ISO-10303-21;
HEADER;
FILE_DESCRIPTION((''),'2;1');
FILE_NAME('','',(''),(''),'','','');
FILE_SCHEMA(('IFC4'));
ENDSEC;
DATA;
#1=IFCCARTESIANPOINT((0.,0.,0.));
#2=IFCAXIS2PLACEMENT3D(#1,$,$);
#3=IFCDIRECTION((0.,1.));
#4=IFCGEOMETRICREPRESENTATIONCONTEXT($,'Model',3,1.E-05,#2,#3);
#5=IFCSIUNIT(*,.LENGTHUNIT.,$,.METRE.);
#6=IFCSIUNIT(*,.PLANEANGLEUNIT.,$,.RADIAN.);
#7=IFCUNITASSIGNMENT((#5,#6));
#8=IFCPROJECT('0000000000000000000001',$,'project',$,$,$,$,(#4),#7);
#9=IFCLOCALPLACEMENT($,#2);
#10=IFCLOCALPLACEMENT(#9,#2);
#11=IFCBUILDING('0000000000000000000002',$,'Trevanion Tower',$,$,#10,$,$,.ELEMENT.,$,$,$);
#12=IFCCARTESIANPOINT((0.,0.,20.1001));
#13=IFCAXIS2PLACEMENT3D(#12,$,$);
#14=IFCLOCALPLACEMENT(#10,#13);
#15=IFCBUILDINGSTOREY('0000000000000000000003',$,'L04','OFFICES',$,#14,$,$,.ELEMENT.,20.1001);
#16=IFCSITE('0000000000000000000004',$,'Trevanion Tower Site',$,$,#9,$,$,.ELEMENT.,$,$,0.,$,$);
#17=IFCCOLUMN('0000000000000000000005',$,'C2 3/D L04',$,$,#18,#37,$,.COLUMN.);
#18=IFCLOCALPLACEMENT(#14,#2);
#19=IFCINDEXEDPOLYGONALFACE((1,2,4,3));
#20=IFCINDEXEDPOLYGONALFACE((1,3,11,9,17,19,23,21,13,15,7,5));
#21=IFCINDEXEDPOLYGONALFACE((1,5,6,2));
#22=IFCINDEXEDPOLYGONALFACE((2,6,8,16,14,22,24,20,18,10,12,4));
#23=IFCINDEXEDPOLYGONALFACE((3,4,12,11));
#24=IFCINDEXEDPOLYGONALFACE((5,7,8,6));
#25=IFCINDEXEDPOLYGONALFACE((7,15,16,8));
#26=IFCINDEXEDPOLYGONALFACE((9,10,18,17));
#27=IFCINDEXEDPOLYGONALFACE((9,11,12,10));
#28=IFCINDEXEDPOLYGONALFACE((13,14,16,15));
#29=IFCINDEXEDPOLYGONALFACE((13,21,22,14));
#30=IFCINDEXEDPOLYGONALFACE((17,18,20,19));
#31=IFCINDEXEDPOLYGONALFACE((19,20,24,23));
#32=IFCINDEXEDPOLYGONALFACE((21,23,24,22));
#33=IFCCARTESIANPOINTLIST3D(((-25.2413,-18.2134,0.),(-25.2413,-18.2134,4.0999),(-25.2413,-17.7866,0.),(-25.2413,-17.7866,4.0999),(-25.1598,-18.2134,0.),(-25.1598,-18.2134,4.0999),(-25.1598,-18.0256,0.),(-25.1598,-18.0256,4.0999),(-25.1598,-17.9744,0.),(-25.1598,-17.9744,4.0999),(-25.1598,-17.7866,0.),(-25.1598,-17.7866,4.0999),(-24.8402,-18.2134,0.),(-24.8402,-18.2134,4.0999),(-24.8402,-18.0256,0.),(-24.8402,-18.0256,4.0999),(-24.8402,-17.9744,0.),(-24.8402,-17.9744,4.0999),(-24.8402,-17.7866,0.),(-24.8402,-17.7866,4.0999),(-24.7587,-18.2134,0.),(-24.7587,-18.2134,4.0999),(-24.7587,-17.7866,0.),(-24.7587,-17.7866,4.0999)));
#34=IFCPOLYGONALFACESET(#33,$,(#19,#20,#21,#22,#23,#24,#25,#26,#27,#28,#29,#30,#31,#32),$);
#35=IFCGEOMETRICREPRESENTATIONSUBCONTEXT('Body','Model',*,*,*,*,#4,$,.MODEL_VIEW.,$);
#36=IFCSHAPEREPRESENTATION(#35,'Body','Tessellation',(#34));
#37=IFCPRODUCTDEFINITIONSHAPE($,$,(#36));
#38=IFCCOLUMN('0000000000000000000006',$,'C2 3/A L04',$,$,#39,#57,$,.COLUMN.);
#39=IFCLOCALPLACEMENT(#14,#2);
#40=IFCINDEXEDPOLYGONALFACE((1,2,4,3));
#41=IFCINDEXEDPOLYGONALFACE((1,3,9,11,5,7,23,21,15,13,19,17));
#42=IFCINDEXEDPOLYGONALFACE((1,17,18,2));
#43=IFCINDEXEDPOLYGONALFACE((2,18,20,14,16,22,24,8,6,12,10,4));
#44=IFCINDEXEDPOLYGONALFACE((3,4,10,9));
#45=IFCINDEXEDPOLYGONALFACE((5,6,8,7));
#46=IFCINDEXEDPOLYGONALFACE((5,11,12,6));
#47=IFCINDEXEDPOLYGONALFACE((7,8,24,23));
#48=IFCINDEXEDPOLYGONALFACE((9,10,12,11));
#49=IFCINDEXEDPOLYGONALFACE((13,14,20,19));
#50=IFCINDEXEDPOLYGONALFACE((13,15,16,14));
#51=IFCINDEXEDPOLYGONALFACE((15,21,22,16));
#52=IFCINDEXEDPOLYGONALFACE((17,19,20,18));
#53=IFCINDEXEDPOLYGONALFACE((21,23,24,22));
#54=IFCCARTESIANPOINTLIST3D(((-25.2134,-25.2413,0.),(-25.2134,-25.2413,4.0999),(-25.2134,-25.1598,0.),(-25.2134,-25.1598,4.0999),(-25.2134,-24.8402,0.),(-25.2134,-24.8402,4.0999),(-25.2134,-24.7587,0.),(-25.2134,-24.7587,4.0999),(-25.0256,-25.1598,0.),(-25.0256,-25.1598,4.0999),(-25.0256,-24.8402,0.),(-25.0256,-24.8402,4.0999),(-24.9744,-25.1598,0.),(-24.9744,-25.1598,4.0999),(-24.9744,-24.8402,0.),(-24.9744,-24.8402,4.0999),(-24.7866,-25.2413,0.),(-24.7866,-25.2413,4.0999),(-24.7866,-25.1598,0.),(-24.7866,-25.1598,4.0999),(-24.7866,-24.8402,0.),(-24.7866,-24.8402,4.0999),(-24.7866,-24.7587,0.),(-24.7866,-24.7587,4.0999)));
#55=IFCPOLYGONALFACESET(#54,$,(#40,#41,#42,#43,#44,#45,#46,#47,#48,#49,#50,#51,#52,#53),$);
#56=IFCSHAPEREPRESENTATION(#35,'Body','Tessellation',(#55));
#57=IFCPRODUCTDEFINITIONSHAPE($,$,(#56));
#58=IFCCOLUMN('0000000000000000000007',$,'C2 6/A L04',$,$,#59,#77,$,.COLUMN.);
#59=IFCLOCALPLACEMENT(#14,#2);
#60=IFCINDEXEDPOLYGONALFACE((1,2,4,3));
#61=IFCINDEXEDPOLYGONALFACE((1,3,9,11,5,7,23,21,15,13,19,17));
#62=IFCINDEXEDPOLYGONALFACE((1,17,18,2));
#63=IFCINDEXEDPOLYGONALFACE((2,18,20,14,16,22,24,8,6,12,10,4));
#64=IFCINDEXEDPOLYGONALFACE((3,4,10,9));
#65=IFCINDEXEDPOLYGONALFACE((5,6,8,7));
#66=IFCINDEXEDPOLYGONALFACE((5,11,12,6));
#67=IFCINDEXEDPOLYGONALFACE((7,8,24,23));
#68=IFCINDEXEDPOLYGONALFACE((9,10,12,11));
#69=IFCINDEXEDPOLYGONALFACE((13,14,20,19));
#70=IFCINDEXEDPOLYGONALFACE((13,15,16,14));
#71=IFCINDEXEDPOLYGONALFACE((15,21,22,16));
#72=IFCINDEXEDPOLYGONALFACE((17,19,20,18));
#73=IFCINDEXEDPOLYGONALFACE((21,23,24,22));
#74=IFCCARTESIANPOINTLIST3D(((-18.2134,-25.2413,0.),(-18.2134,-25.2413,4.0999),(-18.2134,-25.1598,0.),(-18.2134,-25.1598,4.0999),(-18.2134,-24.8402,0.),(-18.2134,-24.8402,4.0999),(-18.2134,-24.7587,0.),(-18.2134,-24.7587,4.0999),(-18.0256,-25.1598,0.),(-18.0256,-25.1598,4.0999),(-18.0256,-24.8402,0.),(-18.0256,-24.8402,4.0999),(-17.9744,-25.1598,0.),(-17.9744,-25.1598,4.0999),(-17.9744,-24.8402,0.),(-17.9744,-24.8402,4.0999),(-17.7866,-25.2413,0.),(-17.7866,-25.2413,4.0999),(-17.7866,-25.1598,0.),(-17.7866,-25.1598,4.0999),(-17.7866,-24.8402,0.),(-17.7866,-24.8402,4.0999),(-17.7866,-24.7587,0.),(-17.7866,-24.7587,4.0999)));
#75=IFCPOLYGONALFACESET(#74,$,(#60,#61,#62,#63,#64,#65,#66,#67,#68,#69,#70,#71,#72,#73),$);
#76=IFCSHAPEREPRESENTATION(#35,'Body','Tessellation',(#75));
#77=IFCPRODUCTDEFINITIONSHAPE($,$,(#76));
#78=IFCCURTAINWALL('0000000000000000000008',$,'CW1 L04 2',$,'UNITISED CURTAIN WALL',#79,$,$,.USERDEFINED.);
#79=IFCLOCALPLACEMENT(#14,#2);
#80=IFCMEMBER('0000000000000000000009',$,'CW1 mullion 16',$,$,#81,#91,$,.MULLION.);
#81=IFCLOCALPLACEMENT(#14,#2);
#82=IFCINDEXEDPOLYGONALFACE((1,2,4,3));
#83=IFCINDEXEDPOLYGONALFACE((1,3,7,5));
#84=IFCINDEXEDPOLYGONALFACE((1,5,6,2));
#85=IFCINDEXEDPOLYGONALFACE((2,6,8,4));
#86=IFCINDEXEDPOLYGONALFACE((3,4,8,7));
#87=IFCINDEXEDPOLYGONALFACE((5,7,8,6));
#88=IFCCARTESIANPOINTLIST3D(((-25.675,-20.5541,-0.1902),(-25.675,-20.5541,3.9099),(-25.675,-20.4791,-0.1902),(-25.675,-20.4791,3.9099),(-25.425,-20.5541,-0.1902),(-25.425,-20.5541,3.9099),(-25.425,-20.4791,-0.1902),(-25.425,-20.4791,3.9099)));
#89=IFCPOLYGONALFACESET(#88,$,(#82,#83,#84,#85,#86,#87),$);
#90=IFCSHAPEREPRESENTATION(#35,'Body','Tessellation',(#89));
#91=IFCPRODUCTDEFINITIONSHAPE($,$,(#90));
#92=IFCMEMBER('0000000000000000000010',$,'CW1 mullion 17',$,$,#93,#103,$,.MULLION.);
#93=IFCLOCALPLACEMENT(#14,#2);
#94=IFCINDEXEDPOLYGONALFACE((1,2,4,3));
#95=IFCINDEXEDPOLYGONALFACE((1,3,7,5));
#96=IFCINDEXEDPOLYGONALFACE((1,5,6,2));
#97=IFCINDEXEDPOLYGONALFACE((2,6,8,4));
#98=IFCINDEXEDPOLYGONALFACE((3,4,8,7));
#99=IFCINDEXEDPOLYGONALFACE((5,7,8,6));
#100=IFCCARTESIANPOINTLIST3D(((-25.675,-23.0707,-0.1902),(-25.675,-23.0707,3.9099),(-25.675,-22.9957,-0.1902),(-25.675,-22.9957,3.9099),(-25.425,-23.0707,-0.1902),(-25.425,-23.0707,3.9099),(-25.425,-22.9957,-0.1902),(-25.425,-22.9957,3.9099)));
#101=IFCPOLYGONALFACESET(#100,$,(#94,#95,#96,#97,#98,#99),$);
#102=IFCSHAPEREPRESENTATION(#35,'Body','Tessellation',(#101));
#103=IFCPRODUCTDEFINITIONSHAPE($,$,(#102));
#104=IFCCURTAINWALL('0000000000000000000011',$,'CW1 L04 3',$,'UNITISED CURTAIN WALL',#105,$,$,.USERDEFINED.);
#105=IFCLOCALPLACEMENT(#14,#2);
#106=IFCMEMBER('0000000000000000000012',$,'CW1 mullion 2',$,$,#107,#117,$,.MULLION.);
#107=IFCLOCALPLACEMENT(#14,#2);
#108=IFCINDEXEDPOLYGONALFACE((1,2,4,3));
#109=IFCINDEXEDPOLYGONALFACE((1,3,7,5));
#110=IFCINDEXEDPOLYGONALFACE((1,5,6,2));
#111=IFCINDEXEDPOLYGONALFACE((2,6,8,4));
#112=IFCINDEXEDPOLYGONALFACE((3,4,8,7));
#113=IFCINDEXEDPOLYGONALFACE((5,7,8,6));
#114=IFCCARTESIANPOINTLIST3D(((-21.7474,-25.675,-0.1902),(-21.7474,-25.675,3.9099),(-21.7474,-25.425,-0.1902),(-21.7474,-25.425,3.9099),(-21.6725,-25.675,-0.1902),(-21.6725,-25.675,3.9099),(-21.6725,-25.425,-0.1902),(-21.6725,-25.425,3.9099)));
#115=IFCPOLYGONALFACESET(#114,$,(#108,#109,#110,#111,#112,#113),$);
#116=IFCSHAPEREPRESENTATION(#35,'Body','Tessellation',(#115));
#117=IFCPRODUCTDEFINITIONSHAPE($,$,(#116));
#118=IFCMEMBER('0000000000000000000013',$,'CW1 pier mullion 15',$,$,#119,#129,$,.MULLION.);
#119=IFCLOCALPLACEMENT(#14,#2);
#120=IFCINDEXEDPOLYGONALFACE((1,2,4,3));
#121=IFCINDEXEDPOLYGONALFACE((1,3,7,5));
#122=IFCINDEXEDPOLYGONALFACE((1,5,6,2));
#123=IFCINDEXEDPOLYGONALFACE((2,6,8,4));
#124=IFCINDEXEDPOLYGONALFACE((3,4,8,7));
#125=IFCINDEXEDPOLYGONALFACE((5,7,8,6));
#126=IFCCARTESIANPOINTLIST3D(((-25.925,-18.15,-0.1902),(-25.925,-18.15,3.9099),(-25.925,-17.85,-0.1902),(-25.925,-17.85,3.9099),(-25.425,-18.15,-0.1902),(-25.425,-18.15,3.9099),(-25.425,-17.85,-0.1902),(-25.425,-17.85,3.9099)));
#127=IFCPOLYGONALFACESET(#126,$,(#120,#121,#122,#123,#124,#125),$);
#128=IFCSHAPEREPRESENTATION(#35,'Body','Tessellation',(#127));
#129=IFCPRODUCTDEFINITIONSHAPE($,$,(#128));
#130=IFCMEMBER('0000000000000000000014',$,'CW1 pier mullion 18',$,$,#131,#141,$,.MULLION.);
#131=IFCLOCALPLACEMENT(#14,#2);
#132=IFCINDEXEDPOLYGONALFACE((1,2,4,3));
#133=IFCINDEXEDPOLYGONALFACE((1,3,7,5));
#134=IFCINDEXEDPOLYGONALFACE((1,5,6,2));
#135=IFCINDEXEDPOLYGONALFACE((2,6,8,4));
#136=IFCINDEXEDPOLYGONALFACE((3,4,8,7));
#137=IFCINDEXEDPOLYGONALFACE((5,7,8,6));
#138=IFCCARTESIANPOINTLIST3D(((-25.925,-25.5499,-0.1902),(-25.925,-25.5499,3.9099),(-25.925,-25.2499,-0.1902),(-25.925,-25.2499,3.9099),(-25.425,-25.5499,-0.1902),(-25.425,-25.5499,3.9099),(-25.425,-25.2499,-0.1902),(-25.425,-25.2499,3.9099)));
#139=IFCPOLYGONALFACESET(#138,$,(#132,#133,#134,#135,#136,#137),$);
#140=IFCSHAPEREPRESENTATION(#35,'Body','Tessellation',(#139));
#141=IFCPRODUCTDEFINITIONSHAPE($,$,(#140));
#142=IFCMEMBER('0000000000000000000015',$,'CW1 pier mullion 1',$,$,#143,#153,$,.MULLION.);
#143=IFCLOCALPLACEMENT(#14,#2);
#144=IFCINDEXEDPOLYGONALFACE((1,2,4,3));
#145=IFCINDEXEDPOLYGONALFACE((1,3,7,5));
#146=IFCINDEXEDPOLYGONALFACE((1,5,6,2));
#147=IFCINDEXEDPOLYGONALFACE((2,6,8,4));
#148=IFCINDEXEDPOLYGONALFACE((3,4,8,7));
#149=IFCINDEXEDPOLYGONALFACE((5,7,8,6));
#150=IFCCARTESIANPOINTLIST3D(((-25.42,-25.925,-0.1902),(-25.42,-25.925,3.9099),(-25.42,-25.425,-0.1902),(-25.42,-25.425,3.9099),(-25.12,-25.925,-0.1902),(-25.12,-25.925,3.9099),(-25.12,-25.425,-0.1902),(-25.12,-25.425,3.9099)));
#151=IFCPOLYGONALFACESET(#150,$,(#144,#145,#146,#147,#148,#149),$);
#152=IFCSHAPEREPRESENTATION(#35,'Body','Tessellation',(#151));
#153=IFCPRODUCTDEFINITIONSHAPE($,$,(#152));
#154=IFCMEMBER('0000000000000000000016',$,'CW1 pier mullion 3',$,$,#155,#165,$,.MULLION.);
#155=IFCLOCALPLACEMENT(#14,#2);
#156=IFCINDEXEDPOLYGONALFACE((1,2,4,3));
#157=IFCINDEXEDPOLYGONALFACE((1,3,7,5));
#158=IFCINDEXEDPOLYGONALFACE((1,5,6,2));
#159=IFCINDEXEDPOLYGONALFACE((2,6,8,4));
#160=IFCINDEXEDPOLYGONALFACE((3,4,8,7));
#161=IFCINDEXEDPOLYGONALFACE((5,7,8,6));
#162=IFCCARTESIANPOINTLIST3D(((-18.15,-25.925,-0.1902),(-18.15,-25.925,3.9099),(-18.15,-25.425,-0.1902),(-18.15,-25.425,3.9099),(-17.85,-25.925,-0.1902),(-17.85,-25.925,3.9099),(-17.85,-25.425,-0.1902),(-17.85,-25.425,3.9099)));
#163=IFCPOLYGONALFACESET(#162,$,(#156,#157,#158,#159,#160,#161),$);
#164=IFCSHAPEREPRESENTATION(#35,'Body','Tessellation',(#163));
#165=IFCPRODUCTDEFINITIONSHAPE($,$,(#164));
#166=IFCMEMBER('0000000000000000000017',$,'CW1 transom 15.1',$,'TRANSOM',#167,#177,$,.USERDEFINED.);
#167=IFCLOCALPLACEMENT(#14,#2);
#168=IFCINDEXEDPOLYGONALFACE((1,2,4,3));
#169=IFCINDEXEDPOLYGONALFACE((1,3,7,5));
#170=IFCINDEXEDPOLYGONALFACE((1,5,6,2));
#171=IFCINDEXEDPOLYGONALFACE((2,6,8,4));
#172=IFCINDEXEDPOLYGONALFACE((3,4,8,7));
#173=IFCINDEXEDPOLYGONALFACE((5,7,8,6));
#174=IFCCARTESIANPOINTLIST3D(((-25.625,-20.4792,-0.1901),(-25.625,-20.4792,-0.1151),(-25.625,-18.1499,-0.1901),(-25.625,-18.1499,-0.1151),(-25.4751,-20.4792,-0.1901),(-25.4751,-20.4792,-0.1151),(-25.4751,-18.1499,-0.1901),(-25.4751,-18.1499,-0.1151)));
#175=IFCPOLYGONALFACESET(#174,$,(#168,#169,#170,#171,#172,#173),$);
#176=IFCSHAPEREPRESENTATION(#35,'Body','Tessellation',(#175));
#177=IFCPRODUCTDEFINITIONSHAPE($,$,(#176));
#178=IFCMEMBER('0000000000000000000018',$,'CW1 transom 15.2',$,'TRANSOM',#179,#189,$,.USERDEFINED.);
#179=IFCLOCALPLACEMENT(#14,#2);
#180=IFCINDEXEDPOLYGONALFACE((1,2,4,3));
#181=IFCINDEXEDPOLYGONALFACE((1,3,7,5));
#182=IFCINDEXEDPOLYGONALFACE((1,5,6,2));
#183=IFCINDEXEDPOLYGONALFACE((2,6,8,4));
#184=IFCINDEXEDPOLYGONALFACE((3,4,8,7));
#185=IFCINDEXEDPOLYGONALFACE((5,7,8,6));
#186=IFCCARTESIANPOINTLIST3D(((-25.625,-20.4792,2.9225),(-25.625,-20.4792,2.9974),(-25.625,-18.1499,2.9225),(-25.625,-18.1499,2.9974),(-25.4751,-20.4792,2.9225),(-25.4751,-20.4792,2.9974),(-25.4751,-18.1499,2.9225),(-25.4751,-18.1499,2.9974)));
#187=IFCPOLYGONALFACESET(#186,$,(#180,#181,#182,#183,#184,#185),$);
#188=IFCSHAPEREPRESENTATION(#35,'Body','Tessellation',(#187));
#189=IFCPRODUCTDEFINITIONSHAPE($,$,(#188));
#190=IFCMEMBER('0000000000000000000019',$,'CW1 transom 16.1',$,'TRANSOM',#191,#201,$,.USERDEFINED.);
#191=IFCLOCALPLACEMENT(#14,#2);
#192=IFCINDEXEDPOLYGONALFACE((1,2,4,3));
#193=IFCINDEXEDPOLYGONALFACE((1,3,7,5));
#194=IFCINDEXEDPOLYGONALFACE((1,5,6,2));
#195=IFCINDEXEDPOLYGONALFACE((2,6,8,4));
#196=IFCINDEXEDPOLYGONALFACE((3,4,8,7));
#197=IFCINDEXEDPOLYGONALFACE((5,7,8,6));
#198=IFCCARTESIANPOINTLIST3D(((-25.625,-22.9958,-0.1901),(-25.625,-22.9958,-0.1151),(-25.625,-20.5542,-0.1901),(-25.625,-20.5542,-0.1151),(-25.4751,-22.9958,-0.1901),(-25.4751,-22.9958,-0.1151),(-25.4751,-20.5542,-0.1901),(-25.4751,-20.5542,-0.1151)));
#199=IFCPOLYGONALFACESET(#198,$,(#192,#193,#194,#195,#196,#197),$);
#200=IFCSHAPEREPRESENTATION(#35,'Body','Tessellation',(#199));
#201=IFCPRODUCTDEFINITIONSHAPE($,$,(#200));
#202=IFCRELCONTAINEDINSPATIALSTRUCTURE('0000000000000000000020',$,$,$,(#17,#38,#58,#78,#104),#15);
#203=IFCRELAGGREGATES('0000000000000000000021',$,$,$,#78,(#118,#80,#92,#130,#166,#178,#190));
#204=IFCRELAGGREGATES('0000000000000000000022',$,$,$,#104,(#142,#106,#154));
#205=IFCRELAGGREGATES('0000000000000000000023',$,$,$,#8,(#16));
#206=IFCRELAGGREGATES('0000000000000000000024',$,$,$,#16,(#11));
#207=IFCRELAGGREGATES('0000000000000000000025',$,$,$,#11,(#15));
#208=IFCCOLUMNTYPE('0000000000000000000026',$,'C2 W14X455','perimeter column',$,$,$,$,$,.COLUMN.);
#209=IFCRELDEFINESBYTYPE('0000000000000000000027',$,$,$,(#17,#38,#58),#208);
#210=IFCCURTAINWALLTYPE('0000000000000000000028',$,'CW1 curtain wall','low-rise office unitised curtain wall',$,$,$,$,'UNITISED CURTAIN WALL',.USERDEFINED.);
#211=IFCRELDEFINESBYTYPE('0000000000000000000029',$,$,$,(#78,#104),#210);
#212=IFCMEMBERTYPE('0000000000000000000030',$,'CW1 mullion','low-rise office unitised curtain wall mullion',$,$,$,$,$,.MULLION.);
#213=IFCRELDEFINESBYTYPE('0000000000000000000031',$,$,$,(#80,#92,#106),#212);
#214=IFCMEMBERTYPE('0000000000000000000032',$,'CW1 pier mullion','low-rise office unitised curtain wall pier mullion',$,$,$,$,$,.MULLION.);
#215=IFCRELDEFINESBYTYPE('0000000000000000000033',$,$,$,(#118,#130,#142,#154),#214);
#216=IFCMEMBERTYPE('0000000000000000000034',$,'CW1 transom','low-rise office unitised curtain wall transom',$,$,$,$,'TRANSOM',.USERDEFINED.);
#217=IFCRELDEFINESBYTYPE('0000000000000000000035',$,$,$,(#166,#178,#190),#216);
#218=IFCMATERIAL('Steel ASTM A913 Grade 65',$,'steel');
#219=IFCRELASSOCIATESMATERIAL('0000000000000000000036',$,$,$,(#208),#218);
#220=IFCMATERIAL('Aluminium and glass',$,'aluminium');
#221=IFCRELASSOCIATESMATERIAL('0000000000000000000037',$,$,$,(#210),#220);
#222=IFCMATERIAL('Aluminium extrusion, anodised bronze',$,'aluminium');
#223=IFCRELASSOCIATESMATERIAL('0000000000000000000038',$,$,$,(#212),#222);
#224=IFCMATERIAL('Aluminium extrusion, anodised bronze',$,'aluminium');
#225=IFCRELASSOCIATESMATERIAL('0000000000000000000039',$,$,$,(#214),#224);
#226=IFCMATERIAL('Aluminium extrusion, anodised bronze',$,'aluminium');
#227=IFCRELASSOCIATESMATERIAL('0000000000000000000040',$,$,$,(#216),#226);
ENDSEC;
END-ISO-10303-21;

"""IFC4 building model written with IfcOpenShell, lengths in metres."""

from ifc_helpers import new_model, si_unit, direction, frame, origin, origin_2d, place, context, subcontext, project, spatial, rectangle, i_section, extrude, material, material_profile, profile_set, type_object, element, aggregate, save


model = new_model("IFC4")

# Units and contexts
model_context = context("Model", 3, precision=1e-05, world=origin(), true_north=direction((0.0, 1.0)))
body_context = subcontext(model_context, "Body", "Model", "MODEL_VIEW")
ifc_project = project(units=[si_unit("LENGTHUNIT", "METRE"), si_unit("PLANEANGLEUNIT", "RADIAN")], contexts=[model_context])

# Site, building, storey
site_placement = place(None, origin())
site = spatial("IfcSite", under=ifc_project, at=site_placement, Name="Trevanion Tower Site", CompositionType="ELEMENT", RefElevation=0.0)
building_placement = place(site_placement, origin())
building = spatial("IfcBuilding", under=site, at=building_placement, Name="Trevanion Tower", CompositionType="ELEMENT")
storey_placement = place(building_placement, frame((0.0, 0.0, 20.1001)))
storey = spatial("IfcBuildingStorey", under=building, at=storey_placement, Name="L04", Description="OFFICES", CompositionType="ELEMENT", Elevation=20.1001)

# Columns
ifc_material_1 = material(Name="Steel ASTM A913 Grade 65", Category="steel")
ifc_material_profile_1 = material_profile(ifc_material_1, i_section(OverallWidth=0.4268, OverallDepth=0.4827, WebThickness=0.0513, FlangeThickness=0.0815, at=origin_2d()), Name="W14X455")
ifc_profile_set_1 = profile_set([ifc_material_profile_1], Name="Steel ASTM A913 Grade 65")
column_type = type_object("IfcColumnType", Name="C2 W14X455", Description="perimeter column", PredefinedType="COLUMN", material=ifc_profile_set_1)
for number, where, z_axis, x_axis, name in (
    (1, (-25.0, -18.0, 0.0), (0.0, 0.0, 1.0), (0.0, 1.0, 0.0), "C2 3/D L04"),
    (2, (-25.0, -25.0, 0.0), (0.0, 0.0, 1.0), (1.0, 0.0, 0.0), "C2 3/A L04"),
    (3, (-18.0, -25.0, 0.0), (0.0, 0.0, 1.0), (1.0, 0.0, 0.0), "C2 6/A L04"),
):
    element("IfcColumn", number, at=place(storey_placement, frame(where, z_axis=z_axis, x_axis=x_axis)), inside=storey, type_object=column_type, Name=name, PredefinedType="COLUMN", context=body_context, shape_type="SweptSolid", body=[
        extrude(i_section(OverallWidth=0.4268, OverallDepth=0.4827, WebThickness=0.0513, FlangeThickness=0.0815, at=origin_2d()), origin(), (0.0, 0.0, 1.0), 4.0999),
    ])

# Curtain wall, members
ifc_material_2 = material(Name="Aluminium and glass", Category="aluminium")
curtain_wall_type = type_object("IfcCurtainWallType", Name="CW1 curtain wall", Description="low-rise office unitised curtain wall", ElementType="UNITISED CURTAIN WALL", PredefinedType="USERDEFINED", material=ifc_material_2)
curtain_wall_1_placement = place(storey_placement, origin())
curtain_wall_1 = element("IfcCurtainWall", 4, at=curtain_wall_1_placement, inside=storey, type_object=curtain_wall_type, Name="CW1 L04 2", ObjectType="UNITISED CURTAIN WALL", PredefinedType="USERDEFINED")
ifc_material_3 = material(Name="Aluminium extrusion, anodised bronze", Category="aluminium")
ifc_material_profile_2 = material_profile(ifc_material_3, rectangle(XDim=0.075, YDim=0.25, at=origin_2d()), Name="CW1 mullion")
ifc_profile_set_2 = profile_set([ifc_material_profile_2], Name="Aluminium extrusion, anodised bronze")
member_type_1 = type_object("IfcMemberType", Name="CW1 mullion", Description="low-rise office unitised curtain wall mullion", PredefinedType="MULLION", material=ifc_profile_set_2)
member_1_placement = place(storey_placement, frame((-25.55, -20.5166, -0.1902), z_axis=(0.0, 0.0, 1.0), x_axis=(0.0, -1.0, 0.0)))
member_1 = element("IfcMember", 5, at=member_1_placement, type_object=member_type_1, Name="CW1 mullion 16", PredefinedType="MULLION", context=body_context, shape_type="SweptSolid", body=[
    extrude(rectangle(XDim=0.075, YDim=0.25, at=origin_2d()), origin(), (0.0, 0.0, 1.0), 4.1001),
])
member_2_placement = place(storey_placement, frame((-25.55, -23.0332, -0.1902), z_axis=(0.0, 0.0, 1.0), x_axis=(0.0, -1.0, 0.0)))
member_2 = element("IfcMember", 6, at=member_2_placement, type_object=member_type_1, Name="CW1 mullion 17", PredefinedType="MULLION", context=body_context, shape_type="SweptSolid", body=[
    extrude(rectangle(XDim=0.075, YDim=0.25, at=origin_2d()), origin(), (0.0, 0.0, 1.0), 4.1001),
])

# Curtain wall, member
curtain_wall_2_placement = place(storey_placement, origin())
curtain_wall_2 = element("IfcCurtainWall", 7, at=curtain_wall_2_placement, inside=storey, type_object=curtain_wall_type, Name="CW1 L04 3", ObjectType="UNITISED CURTAIN WALL", PredefinedType="USERDEFINED")
member_3_placement = place(storey_placement, frame((-21.71, -25.55, -0.1902), z_axis=(0.0, 0.0, 1.0), x_axis=(1.0, 0.0, 0.0)))
member_3 = element("IfcMember", 8, at=member_3_placement, type_object=member_type_1, Name="CW1 mullion 2", PredefinedType="MULLION", context=body_context, shape_type="SweptSolid", body=[
    extrude(rectangle(XDim=0.075, YDim=0.25, at=origin_2d()), origin(), (0.0, 0.0, 1.0), 4.1001),
])

# Members
ifc_material_4 = material(Name="Aluminium extrusion, anodised bronze", Category="aluminium")
ifc_material_profile_3 = material_profile(ifc_material_4, rectangle(XDim=0.3, YDim=0.5, at=origin_2d()), Name="CW1 pier mullion")
ifc_profile_set_3 = profile_set([ifc_material_profile_3], Name="Aluminium extrusion, anodised bronze")
member_type_2 = type_object("IfcMemberType", Name="CW1 pier mullion", Description="low-rise office unitised curtain wall pier mullion", PredefinedType="MULLION", material=ifc_profile_set_3)
member_4_placement = place(storey_placement, frame((-25.675, -18.0, -0.1902), z_axis=(0.0, 0.0, 1.0), x_axis=(0.0, -1.0, 0.0)))
member_4 = element("IfcMember", 9, at=member_4_placement, type_object=member_type_2, Name="CW1 pier mullion 15", PredefinedType="MULLION", context=body_context, shape_type="SweptSolid", body=[
    extrude(rectangle(XDim=0.3, YDim=0.5, at=origin_2d()), origin(), (0.0, 0.0, 1.0), 4.1001),
])
member_5_placement = place(storey_placement, frame((-25.675, -25.3999, -0.1902), z_axis=(0.0, 0.0, 1.0), x_axis=(0.0, -1.0, 0.0)))
member_5 = element("IfcMember", 10, at=member_5_placement, type_object=member_type_2, Name="CW1 pier mullion 18", PredefinedType="MULLION", context=body_context, shape_type="SweptSolid", body=[
    extrude(rectangle(XDim=0.3, YDim=0.5, at=origin_2d()), origin(), (0.0, 0.0, 1.0), 4.1001),
])
member_6_placement = place(storey_placement, frame((-25.27, -25.675, -0.1902), z_axis=(0.0, 0.0, 1.0), x_axis=(1.0, 0.0, 0.0)))
member_6 = element("IfcMember", 11, at=member_6_placement, type_object=member_type_2, Name="CW1 pier mullion 1", PredefinedType="MULLION", context=body_context, shape_type="SweptSolid", body=[
    extrude(rectangle(XDim=0.3, YDim=0.5, at=origin_2d()), origin(), (0.0, 0.0, 1.0), 4.1001),
])
member_7_placement = place(storey_placement, frame((-18.0, -25.675, -0.1902), z_axis=(0.0, 0.0, 1.0), x_axis=(1.0, 0.0, 0.0)))
member_7 = element("IfcMember", 12, at=member_7_placement, type_object=member_type_2, Name="CW1 pier mullion 3", PredefinedType="MULLION", context=body_context, shape_type="SweptSolid", body=[
    extrude(rectangle(XDim=0.3, YDim=0.5, at=origin_2d()), origin(), (0.0, 0.0, 1.0), 4.1001),
])
ifc_material_5 = material(Name="Aluminium extrusion, anodised bronze", Category="aluminium")
ifc_material_profile_4 = material_profile(ifc_material_5, rectangle(XDim=0.1499, YDim=0.075, at=origin_2d()), Name="CW1 transom")
ifc_profile_set_4 = profile_set([ifc_material_profile_4], Name="Aluminium extrusion, anodised bronze")
member_type_3 = type_object("IfcMemberType", Name="CW1 transom", Description="low-rise office unitised curtain wall transom", ElementType="TRANSOM", PredefinedType="USERDEFINED", material=ifc_profile_set_4)
member_8_placement = place(storey_placement, frame((-25.55, -18.1499, -0.1526), z_axis=(0.0, -1.0, 0.0), x_axis=(1.0, 0.0, 0.0)))
member_8 = element("IfcMember", 13, at=member_8_placement, type_object=member_type_3, Name="CW1 transom 15.1", ObjectType="TRANSOM", PredefinedType="USERDEFINED", context=body_context, shape_type="SweptSolid", body=[
    extrude(rectangle(XDim=0.1499, YDim=0.075, at=origin_2d()), origin(), (0.0, 0.0, 1.0), 2.3293),
])
member_9_placement = place(storey_placement, frame((-25.55, -18.1499, 2.96), z_axis=(0.0, -1.0, 0.0), x_axis=(1.0, 0.0, 0.0)))
member_9 = element("IfcMember", 14, at=member_9_placement, type_object=member_type_3, Name="CW1 transom 15.2", ObjectType="TRANSOM", PredefinedType="USERDEFINED", context=body_context, shape_type="SweptSolid", body=[
    extrude(rectangle(XDim=0.1499, YDim=0.075, at=origin_2d()), origin(), (0.0, 0.0, 1.0), 2.3293),
])
member_10_placement = place(storey_placement, frame((-25.55, -20.5542, -0.1526), z_axis=(0.0, -1.0, 0.0), x_axis=(1.0, 0.0, 0.0)))
member_10 = element("IfcMember", 15, at=member_10_placement, type_object=member_type_3, Name="CW1 transom 16.1", ObjectType="TRANSOM", PredefinedType="USERDEFINED", context=body_context, shape_type="SweptSolid", body=[
    extrude(rectangle(XDim=0.1499, YDim=0.075, at=origin_2d()), origin(), (0.0, 0.0, 1.0), 2.4417),
])

aggregate(curtain_wall_1, [member_4, member_1, member_2, member_5, member_8, member_9, member_10])
aggregate(curtain_wall_2, [member_6, member_3, member_7])

save(model, "model.ifc")
